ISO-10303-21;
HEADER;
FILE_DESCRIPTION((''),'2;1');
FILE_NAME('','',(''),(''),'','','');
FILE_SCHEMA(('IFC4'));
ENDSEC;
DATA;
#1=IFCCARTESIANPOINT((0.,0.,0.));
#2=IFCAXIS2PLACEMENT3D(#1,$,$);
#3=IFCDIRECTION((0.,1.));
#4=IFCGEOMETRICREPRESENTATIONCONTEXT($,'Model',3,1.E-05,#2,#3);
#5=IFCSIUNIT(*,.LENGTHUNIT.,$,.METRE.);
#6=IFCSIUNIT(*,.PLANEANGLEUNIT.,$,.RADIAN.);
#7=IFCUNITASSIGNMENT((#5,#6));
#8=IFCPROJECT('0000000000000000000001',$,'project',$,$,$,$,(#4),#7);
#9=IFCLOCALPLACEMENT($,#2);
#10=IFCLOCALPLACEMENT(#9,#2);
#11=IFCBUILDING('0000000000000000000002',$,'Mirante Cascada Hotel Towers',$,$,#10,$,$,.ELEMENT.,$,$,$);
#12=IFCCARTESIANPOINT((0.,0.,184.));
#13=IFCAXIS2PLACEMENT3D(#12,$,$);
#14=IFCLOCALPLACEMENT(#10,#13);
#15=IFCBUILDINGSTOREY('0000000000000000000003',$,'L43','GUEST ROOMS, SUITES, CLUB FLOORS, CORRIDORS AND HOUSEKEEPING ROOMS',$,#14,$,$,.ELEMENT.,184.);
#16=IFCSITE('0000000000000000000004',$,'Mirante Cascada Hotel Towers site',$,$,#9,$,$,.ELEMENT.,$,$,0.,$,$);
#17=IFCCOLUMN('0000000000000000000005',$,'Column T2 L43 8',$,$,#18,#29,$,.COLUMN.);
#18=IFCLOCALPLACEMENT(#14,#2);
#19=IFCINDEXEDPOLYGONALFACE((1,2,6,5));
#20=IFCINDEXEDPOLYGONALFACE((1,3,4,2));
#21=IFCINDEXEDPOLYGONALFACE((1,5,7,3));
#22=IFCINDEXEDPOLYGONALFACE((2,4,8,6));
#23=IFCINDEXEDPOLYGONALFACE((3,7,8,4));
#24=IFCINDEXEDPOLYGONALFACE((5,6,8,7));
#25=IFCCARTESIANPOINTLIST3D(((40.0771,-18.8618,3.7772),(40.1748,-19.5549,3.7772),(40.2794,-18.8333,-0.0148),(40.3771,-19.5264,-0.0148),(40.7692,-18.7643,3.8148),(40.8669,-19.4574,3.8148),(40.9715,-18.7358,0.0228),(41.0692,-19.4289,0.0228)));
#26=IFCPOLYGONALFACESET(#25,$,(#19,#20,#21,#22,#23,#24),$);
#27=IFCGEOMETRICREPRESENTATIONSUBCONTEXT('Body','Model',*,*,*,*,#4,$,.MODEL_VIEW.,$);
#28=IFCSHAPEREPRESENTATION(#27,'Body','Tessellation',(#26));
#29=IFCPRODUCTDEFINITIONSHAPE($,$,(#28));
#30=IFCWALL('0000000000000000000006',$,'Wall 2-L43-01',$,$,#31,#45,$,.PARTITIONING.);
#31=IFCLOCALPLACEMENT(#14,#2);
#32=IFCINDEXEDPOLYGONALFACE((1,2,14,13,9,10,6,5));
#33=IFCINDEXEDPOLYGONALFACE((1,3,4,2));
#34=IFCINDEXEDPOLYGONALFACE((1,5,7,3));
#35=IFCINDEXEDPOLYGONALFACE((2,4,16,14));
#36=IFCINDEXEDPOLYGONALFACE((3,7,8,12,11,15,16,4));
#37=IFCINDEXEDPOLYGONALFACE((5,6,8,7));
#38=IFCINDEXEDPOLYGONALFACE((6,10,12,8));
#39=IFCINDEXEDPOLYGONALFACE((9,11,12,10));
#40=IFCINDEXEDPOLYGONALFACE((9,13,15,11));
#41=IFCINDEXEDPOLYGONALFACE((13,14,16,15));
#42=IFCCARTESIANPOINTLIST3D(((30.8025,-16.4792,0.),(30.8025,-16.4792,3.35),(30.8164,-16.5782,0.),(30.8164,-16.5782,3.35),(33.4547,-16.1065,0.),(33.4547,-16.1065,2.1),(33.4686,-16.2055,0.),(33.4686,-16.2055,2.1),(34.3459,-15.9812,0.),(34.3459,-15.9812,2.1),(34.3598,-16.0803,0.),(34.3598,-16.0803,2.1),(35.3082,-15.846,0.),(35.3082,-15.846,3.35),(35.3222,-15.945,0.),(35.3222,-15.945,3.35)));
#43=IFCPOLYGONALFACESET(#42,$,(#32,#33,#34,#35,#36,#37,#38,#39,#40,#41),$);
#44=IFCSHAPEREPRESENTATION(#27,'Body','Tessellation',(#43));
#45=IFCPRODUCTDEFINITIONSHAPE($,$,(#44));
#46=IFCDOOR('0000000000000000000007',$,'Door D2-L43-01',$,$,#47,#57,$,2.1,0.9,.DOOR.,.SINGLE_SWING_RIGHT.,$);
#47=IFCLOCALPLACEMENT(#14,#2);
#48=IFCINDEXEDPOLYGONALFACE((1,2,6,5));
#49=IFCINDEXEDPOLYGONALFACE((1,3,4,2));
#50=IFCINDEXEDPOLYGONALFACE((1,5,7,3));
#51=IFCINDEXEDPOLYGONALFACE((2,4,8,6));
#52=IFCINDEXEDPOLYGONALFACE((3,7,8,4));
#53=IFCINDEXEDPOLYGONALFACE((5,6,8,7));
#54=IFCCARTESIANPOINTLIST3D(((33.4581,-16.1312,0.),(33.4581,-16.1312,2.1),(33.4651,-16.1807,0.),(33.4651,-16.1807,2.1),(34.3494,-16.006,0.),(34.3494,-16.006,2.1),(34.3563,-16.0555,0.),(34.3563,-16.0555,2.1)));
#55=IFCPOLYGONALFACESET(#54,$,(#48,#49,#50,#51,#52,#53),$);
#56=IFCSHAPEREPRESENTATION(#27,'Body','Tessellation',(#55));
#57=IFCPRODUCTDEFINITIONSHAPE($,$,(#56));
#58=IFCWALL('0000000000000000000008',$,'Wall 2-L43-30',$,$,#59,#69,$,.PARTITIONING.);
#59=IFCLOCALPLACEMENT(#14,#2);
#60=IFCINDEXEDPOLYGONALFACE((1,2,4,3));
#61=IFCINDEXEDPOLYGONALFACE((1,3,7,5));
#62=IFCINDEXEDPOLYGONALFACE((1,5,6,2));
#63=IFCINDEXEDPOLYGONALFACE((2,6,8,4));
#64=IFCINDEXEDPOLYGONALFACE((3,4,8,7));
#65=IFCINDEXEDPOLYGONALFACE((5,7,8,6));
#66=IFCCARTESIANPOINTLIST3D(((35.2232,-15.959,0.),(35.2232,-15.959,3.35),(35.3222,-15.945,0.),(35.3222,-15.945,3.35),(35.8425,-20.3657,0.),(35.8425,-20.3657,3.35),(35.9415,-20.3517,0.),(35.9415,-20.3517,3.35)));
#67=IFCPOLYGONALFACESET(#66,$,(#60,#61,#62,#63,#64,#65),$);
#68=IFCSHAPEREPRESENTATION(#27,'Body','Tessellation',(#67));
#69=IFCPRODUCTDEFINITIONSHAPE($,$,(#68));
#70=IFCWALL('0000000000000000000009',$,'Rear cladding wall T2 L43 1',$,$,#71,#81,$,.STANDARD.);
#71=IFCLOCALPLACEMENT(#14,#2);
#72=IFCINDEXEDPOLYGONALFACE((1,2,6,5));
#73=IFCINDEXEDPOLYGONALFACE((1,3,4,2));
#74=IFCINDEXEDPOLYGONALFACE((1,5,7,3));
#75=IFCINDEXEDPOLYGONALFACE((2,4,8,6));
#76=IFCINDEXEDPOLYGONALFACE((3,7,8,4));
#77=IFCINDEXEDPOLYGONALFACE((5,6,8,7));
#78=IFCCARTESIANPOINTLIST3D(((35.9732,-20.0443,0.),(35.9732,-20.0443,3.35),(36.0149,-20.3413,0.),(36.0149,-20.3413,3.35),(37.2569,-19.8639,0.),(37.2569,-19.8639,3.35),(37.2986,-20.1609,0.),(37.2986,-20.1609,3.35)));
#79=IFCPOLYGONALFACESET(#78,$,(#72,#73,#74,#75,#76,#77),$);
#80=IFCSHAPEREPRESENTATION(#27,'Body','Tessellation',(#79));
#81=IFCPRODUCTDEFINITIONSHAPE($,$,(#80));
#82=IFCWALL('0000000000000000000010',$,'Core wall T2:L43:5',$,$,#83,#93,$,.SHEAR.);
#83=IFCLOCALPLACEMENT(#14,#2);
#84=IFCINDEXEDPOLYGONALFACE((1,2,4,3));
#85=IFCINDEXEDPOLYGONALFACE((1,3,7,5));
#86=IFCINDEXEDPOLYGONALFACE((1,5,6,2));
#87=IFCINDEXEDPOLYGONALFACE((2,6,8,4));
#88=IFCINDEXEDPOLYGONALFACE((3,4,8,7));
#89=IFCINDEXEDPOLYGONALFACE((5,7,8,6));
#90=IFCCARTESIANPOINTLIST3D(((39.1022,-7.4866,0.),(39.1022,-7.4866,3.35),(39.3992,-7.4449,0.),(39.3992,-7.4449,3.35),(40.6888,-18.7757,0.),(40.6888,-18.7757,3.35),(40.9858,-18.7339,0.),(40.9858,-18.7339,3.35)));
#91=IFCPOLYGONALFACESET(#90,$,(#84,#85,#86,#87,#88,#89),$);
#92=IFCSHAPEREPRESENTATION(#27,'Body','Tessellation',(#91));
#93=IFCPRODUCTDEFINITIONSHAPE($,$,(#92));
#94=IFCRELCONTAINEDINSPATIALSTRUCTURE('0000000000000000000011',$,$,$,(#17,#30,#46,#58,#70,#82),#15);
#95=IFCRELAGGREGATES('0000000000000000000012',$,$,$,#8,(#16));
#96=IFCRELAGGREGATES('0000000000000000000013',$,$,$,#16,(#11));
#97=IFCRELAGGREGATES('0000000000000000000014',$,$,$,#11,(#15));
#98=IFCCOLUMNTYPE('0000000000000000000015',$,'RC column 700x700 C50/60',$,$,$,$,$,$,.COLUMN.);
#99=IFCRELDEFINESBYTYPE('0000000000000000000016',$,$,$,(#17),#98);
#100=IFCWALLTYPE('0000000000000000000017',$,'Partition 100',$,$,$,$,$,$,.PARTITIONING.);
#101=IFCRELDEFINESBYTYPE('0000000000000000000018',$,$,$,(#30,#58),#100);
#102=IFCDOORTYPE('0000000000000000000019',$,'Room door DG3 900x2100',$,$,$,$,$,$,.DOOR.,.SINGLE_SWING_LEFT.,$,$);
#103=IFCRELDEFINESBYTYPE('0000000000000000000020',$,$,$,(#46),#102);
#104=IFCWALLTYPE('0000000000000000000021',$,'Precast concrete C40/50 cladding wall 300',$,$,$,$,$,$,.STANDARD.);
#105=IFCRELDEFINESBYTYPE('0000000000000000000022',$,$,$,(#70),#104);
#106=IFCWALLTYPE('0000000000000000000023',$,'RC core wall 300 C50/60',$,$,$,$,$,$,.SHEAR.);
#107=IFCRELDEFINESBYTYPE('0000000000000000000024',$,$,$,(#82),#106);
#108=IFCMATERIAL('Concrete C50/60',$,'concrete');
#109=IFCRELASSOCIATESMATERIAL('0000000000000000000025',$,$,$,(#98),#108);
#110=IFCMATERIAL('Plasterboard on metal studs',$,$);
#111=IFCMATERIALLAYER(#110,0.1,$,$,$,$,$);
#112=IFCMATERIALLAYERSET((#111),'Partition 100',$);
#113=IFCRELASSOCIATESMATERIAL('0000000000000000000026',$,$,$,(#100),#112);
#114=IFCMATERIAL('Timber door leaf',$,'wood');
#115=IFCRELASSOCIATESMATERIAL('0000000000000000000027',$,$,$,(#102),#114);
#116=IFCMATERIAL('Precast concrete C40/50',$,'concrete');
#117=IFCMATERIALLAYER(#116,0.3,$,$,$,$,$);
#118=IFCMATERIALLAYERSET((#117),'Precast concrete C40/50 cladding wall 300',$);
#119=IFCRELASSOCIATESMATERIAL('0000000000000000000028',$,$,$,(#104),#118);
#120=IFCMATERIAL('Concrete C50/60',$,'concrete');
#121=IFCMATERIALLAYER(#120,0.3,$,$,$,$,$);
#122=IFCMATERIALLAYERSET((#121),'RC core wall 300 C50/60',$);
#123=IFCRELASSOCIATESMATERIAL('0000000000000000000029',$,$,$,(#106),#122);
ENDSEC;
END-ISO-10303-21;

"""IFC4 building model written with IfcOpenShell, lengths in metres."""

from ifc_helpers import new_model, si_unit, direction, frame, frame_2d, origin, origin_2d, place, context, subcontext, project, spatial, rectangle, extrude, material, layer, layer_set, material_profile, profile_set, type_object, element, fill, save


model = new_model("IFC4")

# Units and contexts
model_context = context("Model", 3, precision=1e-05, world=origin(), true_north=direction((0.0, 1.0)))
body_context = subcontext(model_context, "Body", "Model", "MODEL_VIEW")
ifc_project = project(units=[si_unit("LENGTHUNIT", "METRE"), si_unit("PLANEANGLEUNIT", "RADIAN")], contexts=[model_context])

# Site, building, storey
site_placement = place(None, origin())
site = spatial("IfcSite", under=ifc_project, at=site_placement, Name="Mirante Cascada Hotel Towers site", CompositionType="ELEMENT", RefElevation=0.0)
building_placement = place(site_placement, origin())
building = spatial("IfcBuilding", under=site, at=building_placement, Name="Mirante Cascada Hotel Towers", CompositionType="ELEMENT")
storey_placement = place(building_placement, frame((0.0, 0.0, 184.0)))
storey = spatial("IfcBuildingStorey", under=building, at=storey_placement, Name="L43", Description="GUEST ROOMS, SUITES, CLUB FLOORS, CORRIDORS AND HOUSEKEEPING ROOMS", CompositionType="ELEMENT", Elevation=184.0)

# Column
ifc_material_1 = material(Name="Concrete C50/60", Category="concrete")
ifc_material_profile = material_profile(ifc_material_1, rectangle(XDim=0.7, YDim=0.7, at=origin_2d()), Name="RC column 700x700 C50/60")
ifc_profile_set = profile_set([ifc_material_profile], Name="Concrete C50/60")
column_type = type_object("IfcColumnType", Name="RC column 700x700 C50/60", PredefinedType="COLUMN", material=ifc_profile_set)
column_placement = place(storey_placement, frame((40.6743, -19.1311, 0.004), z_axis=(-0.053272, -0.007505, 0.998552), x_axis=(0.139502, -0.990222, 0.0)))
element("IfcColumn", 1, at=column_placement, inside=storey, type_object=column_type, Name="Column T2 L43 8", PredefinedType="COLUMN", context=body_context, shape_type="SweptSolid", body=[
    extrude(rectangle(XDim=0.7, YDim=0.7, at=origin_2d()), origin(), (0.0, 0.0, 1.0), 3.7975),
])

# Wall, opening, door
ifc_material_2 = material(Name="Plasterboard on metal studs")
ifc_layer_1 = layer(ifc_material_2, 0.1)
ifc_layer_set_1 = layer_set([ifc_layer_1], Name="Partition 100")
wall_type_1 = type_object("IfcWallType", Name="Partition 100", PredefinedType="PARTITIONING", material=ifc_layer_set_1)
wall_1_placement = place(storey_placement, frame((35.3152, -15.8955, 0.0), z_axis=(0.0, 0.0, 1.0), x_axis=(-0.990269, -0.139166, 0.0)))
wall_1 = element("IfcWall", 2, at=wall_1_placement, inside=storey, type_object=wall_type_1, Name="Wall 2-L43-01", PredefinedType="PARTITIONING", context=body_context, shape_type="SweptSolid", body=[
    extrude(rectangle(XDim=4.55, YDim=0.1, at=frame_2d((2.275, 0.0))), origin(), (0.0, 0.0, 1.0), 3.35),
])
opening_1_placement = place(wall_1_placement, frame((0.9718, 0.0, 0.0)))
opening_1 = element("IfcOpeningElement", 3, at=opening_1_placement, cuts=wall_1, PredefinedType="OPENING", context=body_context, shape_type="SweptSolid", body=[
    extrude(rectangle(XDim=0.9, YDim=2.1, at=frame_2d((0.45, 1.05))), frame((0.0, 0.05, 0.0), z_axis=(0.0, -1.0, 0.0), x_axis=(1.0, 0.0, 0.0)), (0.0, 0.0, 1.0), 0.1),
])
ifc_material_3 = material(Name="Timber door leaf", Category="wood")
door_type_1 = type_object("IfcDoorType", Name="Room door DG3 900x2100", OperationType="SINGLE_SWING_LEFT", PredefinedType="DOOR", material=ifc_material_3)
door_1_placement = place(opening_1_placement, frame((0.9, 0.0, 0.0), z_axis=(0.0, 0.0, 1.0), x_axis=(-1.0, 0.0, 0.0)))
door_1 = element("IfcDoor", 4, at=door_1_placement, inside=storey, type_object=door_type_1, Name="Door D2-L43-01", OperationType="SINGLE_SWING_RIGHT", OverallHeight=2.1, OverallWidth=0.9, PredefinedType="DOOR", context=body_context, shape_type="SweptSolid", body=[
    extrude(rectangle(XDim=0.9, YDim=2.1, at=frame_2d((0.45, 1.05))), frame((0.0, 0.025, 0.0), z_axis=(0.0, -1.0, 0.0), x_axis=(1.0, 0.0, 0.0)), (0.0, 0.0, 1.0), 0.05),
])
fill(opening_1, door_1)

# Walls
wall_2_placement = place(storey_placement, frame((35.892, -20.3587, 0.0), z_axis=(0.0, 0.0, 1.0), x_axis=(-0.139168, 0.990269, 0.0)))
element("IfcWall", 5, at=wall_2_placement, inside=storey, type_object=wall_type_1, Name="Wall 2-L43-30", PredefinedType="PARTITIONING", context=body_context, shape_type="SweptSolid", body=[
    extrude(rectangle(XDim=4.45, YDim=0.1, at=frame_2d((2.225, 0.0))), origin(), (0.0, 0.0, 1.0), 3.35),
])
ifc_material_4 = material(Name="Precast concrete C40/50", Category="concrete")
ifc_layer_2 = layer(ifc_material_4, 0.3)
ifc_layer_set_2 = layer_set([ifc_layer_2], Name="Precast concrete C40/50 cladding wall 300")
wall_type_2 = type_object("IfcWallType", Name="Precast concrete C40/50 cladding wall 300", PredefinedType="STANDARD", material=ifc_layer_set_2)
wall_3_placement = place(storey_placement, frame((35.994, -20.1928, 0.0), z_axis=(0.0, 0.0, 1.0), x_axis=(0.990269, 0.139164, 0.0)))
element("IfcWall", 6, at=wall_3_placement, inside=storey, type_object=wall_type_2, Name="Rear cladding wall T2 L43 1", PredefinedType="STANDARD", context=body_context, shape_type="SweptSolid", body=[
    extrude(rectangle(XDim=1.2963, YDim=0.3, at=frame_2d((0.6482, 0.0))), origin(), (0.0, 0.0, 1.0), 3.35),
])
ifc_material_5 = material(Name="Concrete C50/60", Category="concrete")
ifc_layer_3 = layer(ifc_material_5, 0.3)
ifc_layer_set_3 = layer_set([ifc_layer_3], Name="RC core wall 300 C50/60")
wall_type_3 = type_object("IfcWallType", Name="RC core wall 300 C50/60", PredefinedType="SHEAR", material=ifc_layer_set_3)
wall_4_placement = place(storey_placement, frame((40.8373, -18.7548, 0.0), z_axis=(0.0, 0.0, 1.0), x_axis=(-0.139175, 0.990268, 0.0)))
element("IfcWall", 7, at=wall_4_placement, inside=storey, type_object=wall_type_3, Name="Core wall T2:L43:5", PredefinedType="SHEAR", context=body_context, shape_type="SweptSolid", body=[
    extrude(rectangle(XDim=11.4, YDim=0.3, at=frame_2d((5.7, 0.0))), origin(), (0.0, 0.0, 1.0), 3.35),
])

save(model, "model.ifc")
